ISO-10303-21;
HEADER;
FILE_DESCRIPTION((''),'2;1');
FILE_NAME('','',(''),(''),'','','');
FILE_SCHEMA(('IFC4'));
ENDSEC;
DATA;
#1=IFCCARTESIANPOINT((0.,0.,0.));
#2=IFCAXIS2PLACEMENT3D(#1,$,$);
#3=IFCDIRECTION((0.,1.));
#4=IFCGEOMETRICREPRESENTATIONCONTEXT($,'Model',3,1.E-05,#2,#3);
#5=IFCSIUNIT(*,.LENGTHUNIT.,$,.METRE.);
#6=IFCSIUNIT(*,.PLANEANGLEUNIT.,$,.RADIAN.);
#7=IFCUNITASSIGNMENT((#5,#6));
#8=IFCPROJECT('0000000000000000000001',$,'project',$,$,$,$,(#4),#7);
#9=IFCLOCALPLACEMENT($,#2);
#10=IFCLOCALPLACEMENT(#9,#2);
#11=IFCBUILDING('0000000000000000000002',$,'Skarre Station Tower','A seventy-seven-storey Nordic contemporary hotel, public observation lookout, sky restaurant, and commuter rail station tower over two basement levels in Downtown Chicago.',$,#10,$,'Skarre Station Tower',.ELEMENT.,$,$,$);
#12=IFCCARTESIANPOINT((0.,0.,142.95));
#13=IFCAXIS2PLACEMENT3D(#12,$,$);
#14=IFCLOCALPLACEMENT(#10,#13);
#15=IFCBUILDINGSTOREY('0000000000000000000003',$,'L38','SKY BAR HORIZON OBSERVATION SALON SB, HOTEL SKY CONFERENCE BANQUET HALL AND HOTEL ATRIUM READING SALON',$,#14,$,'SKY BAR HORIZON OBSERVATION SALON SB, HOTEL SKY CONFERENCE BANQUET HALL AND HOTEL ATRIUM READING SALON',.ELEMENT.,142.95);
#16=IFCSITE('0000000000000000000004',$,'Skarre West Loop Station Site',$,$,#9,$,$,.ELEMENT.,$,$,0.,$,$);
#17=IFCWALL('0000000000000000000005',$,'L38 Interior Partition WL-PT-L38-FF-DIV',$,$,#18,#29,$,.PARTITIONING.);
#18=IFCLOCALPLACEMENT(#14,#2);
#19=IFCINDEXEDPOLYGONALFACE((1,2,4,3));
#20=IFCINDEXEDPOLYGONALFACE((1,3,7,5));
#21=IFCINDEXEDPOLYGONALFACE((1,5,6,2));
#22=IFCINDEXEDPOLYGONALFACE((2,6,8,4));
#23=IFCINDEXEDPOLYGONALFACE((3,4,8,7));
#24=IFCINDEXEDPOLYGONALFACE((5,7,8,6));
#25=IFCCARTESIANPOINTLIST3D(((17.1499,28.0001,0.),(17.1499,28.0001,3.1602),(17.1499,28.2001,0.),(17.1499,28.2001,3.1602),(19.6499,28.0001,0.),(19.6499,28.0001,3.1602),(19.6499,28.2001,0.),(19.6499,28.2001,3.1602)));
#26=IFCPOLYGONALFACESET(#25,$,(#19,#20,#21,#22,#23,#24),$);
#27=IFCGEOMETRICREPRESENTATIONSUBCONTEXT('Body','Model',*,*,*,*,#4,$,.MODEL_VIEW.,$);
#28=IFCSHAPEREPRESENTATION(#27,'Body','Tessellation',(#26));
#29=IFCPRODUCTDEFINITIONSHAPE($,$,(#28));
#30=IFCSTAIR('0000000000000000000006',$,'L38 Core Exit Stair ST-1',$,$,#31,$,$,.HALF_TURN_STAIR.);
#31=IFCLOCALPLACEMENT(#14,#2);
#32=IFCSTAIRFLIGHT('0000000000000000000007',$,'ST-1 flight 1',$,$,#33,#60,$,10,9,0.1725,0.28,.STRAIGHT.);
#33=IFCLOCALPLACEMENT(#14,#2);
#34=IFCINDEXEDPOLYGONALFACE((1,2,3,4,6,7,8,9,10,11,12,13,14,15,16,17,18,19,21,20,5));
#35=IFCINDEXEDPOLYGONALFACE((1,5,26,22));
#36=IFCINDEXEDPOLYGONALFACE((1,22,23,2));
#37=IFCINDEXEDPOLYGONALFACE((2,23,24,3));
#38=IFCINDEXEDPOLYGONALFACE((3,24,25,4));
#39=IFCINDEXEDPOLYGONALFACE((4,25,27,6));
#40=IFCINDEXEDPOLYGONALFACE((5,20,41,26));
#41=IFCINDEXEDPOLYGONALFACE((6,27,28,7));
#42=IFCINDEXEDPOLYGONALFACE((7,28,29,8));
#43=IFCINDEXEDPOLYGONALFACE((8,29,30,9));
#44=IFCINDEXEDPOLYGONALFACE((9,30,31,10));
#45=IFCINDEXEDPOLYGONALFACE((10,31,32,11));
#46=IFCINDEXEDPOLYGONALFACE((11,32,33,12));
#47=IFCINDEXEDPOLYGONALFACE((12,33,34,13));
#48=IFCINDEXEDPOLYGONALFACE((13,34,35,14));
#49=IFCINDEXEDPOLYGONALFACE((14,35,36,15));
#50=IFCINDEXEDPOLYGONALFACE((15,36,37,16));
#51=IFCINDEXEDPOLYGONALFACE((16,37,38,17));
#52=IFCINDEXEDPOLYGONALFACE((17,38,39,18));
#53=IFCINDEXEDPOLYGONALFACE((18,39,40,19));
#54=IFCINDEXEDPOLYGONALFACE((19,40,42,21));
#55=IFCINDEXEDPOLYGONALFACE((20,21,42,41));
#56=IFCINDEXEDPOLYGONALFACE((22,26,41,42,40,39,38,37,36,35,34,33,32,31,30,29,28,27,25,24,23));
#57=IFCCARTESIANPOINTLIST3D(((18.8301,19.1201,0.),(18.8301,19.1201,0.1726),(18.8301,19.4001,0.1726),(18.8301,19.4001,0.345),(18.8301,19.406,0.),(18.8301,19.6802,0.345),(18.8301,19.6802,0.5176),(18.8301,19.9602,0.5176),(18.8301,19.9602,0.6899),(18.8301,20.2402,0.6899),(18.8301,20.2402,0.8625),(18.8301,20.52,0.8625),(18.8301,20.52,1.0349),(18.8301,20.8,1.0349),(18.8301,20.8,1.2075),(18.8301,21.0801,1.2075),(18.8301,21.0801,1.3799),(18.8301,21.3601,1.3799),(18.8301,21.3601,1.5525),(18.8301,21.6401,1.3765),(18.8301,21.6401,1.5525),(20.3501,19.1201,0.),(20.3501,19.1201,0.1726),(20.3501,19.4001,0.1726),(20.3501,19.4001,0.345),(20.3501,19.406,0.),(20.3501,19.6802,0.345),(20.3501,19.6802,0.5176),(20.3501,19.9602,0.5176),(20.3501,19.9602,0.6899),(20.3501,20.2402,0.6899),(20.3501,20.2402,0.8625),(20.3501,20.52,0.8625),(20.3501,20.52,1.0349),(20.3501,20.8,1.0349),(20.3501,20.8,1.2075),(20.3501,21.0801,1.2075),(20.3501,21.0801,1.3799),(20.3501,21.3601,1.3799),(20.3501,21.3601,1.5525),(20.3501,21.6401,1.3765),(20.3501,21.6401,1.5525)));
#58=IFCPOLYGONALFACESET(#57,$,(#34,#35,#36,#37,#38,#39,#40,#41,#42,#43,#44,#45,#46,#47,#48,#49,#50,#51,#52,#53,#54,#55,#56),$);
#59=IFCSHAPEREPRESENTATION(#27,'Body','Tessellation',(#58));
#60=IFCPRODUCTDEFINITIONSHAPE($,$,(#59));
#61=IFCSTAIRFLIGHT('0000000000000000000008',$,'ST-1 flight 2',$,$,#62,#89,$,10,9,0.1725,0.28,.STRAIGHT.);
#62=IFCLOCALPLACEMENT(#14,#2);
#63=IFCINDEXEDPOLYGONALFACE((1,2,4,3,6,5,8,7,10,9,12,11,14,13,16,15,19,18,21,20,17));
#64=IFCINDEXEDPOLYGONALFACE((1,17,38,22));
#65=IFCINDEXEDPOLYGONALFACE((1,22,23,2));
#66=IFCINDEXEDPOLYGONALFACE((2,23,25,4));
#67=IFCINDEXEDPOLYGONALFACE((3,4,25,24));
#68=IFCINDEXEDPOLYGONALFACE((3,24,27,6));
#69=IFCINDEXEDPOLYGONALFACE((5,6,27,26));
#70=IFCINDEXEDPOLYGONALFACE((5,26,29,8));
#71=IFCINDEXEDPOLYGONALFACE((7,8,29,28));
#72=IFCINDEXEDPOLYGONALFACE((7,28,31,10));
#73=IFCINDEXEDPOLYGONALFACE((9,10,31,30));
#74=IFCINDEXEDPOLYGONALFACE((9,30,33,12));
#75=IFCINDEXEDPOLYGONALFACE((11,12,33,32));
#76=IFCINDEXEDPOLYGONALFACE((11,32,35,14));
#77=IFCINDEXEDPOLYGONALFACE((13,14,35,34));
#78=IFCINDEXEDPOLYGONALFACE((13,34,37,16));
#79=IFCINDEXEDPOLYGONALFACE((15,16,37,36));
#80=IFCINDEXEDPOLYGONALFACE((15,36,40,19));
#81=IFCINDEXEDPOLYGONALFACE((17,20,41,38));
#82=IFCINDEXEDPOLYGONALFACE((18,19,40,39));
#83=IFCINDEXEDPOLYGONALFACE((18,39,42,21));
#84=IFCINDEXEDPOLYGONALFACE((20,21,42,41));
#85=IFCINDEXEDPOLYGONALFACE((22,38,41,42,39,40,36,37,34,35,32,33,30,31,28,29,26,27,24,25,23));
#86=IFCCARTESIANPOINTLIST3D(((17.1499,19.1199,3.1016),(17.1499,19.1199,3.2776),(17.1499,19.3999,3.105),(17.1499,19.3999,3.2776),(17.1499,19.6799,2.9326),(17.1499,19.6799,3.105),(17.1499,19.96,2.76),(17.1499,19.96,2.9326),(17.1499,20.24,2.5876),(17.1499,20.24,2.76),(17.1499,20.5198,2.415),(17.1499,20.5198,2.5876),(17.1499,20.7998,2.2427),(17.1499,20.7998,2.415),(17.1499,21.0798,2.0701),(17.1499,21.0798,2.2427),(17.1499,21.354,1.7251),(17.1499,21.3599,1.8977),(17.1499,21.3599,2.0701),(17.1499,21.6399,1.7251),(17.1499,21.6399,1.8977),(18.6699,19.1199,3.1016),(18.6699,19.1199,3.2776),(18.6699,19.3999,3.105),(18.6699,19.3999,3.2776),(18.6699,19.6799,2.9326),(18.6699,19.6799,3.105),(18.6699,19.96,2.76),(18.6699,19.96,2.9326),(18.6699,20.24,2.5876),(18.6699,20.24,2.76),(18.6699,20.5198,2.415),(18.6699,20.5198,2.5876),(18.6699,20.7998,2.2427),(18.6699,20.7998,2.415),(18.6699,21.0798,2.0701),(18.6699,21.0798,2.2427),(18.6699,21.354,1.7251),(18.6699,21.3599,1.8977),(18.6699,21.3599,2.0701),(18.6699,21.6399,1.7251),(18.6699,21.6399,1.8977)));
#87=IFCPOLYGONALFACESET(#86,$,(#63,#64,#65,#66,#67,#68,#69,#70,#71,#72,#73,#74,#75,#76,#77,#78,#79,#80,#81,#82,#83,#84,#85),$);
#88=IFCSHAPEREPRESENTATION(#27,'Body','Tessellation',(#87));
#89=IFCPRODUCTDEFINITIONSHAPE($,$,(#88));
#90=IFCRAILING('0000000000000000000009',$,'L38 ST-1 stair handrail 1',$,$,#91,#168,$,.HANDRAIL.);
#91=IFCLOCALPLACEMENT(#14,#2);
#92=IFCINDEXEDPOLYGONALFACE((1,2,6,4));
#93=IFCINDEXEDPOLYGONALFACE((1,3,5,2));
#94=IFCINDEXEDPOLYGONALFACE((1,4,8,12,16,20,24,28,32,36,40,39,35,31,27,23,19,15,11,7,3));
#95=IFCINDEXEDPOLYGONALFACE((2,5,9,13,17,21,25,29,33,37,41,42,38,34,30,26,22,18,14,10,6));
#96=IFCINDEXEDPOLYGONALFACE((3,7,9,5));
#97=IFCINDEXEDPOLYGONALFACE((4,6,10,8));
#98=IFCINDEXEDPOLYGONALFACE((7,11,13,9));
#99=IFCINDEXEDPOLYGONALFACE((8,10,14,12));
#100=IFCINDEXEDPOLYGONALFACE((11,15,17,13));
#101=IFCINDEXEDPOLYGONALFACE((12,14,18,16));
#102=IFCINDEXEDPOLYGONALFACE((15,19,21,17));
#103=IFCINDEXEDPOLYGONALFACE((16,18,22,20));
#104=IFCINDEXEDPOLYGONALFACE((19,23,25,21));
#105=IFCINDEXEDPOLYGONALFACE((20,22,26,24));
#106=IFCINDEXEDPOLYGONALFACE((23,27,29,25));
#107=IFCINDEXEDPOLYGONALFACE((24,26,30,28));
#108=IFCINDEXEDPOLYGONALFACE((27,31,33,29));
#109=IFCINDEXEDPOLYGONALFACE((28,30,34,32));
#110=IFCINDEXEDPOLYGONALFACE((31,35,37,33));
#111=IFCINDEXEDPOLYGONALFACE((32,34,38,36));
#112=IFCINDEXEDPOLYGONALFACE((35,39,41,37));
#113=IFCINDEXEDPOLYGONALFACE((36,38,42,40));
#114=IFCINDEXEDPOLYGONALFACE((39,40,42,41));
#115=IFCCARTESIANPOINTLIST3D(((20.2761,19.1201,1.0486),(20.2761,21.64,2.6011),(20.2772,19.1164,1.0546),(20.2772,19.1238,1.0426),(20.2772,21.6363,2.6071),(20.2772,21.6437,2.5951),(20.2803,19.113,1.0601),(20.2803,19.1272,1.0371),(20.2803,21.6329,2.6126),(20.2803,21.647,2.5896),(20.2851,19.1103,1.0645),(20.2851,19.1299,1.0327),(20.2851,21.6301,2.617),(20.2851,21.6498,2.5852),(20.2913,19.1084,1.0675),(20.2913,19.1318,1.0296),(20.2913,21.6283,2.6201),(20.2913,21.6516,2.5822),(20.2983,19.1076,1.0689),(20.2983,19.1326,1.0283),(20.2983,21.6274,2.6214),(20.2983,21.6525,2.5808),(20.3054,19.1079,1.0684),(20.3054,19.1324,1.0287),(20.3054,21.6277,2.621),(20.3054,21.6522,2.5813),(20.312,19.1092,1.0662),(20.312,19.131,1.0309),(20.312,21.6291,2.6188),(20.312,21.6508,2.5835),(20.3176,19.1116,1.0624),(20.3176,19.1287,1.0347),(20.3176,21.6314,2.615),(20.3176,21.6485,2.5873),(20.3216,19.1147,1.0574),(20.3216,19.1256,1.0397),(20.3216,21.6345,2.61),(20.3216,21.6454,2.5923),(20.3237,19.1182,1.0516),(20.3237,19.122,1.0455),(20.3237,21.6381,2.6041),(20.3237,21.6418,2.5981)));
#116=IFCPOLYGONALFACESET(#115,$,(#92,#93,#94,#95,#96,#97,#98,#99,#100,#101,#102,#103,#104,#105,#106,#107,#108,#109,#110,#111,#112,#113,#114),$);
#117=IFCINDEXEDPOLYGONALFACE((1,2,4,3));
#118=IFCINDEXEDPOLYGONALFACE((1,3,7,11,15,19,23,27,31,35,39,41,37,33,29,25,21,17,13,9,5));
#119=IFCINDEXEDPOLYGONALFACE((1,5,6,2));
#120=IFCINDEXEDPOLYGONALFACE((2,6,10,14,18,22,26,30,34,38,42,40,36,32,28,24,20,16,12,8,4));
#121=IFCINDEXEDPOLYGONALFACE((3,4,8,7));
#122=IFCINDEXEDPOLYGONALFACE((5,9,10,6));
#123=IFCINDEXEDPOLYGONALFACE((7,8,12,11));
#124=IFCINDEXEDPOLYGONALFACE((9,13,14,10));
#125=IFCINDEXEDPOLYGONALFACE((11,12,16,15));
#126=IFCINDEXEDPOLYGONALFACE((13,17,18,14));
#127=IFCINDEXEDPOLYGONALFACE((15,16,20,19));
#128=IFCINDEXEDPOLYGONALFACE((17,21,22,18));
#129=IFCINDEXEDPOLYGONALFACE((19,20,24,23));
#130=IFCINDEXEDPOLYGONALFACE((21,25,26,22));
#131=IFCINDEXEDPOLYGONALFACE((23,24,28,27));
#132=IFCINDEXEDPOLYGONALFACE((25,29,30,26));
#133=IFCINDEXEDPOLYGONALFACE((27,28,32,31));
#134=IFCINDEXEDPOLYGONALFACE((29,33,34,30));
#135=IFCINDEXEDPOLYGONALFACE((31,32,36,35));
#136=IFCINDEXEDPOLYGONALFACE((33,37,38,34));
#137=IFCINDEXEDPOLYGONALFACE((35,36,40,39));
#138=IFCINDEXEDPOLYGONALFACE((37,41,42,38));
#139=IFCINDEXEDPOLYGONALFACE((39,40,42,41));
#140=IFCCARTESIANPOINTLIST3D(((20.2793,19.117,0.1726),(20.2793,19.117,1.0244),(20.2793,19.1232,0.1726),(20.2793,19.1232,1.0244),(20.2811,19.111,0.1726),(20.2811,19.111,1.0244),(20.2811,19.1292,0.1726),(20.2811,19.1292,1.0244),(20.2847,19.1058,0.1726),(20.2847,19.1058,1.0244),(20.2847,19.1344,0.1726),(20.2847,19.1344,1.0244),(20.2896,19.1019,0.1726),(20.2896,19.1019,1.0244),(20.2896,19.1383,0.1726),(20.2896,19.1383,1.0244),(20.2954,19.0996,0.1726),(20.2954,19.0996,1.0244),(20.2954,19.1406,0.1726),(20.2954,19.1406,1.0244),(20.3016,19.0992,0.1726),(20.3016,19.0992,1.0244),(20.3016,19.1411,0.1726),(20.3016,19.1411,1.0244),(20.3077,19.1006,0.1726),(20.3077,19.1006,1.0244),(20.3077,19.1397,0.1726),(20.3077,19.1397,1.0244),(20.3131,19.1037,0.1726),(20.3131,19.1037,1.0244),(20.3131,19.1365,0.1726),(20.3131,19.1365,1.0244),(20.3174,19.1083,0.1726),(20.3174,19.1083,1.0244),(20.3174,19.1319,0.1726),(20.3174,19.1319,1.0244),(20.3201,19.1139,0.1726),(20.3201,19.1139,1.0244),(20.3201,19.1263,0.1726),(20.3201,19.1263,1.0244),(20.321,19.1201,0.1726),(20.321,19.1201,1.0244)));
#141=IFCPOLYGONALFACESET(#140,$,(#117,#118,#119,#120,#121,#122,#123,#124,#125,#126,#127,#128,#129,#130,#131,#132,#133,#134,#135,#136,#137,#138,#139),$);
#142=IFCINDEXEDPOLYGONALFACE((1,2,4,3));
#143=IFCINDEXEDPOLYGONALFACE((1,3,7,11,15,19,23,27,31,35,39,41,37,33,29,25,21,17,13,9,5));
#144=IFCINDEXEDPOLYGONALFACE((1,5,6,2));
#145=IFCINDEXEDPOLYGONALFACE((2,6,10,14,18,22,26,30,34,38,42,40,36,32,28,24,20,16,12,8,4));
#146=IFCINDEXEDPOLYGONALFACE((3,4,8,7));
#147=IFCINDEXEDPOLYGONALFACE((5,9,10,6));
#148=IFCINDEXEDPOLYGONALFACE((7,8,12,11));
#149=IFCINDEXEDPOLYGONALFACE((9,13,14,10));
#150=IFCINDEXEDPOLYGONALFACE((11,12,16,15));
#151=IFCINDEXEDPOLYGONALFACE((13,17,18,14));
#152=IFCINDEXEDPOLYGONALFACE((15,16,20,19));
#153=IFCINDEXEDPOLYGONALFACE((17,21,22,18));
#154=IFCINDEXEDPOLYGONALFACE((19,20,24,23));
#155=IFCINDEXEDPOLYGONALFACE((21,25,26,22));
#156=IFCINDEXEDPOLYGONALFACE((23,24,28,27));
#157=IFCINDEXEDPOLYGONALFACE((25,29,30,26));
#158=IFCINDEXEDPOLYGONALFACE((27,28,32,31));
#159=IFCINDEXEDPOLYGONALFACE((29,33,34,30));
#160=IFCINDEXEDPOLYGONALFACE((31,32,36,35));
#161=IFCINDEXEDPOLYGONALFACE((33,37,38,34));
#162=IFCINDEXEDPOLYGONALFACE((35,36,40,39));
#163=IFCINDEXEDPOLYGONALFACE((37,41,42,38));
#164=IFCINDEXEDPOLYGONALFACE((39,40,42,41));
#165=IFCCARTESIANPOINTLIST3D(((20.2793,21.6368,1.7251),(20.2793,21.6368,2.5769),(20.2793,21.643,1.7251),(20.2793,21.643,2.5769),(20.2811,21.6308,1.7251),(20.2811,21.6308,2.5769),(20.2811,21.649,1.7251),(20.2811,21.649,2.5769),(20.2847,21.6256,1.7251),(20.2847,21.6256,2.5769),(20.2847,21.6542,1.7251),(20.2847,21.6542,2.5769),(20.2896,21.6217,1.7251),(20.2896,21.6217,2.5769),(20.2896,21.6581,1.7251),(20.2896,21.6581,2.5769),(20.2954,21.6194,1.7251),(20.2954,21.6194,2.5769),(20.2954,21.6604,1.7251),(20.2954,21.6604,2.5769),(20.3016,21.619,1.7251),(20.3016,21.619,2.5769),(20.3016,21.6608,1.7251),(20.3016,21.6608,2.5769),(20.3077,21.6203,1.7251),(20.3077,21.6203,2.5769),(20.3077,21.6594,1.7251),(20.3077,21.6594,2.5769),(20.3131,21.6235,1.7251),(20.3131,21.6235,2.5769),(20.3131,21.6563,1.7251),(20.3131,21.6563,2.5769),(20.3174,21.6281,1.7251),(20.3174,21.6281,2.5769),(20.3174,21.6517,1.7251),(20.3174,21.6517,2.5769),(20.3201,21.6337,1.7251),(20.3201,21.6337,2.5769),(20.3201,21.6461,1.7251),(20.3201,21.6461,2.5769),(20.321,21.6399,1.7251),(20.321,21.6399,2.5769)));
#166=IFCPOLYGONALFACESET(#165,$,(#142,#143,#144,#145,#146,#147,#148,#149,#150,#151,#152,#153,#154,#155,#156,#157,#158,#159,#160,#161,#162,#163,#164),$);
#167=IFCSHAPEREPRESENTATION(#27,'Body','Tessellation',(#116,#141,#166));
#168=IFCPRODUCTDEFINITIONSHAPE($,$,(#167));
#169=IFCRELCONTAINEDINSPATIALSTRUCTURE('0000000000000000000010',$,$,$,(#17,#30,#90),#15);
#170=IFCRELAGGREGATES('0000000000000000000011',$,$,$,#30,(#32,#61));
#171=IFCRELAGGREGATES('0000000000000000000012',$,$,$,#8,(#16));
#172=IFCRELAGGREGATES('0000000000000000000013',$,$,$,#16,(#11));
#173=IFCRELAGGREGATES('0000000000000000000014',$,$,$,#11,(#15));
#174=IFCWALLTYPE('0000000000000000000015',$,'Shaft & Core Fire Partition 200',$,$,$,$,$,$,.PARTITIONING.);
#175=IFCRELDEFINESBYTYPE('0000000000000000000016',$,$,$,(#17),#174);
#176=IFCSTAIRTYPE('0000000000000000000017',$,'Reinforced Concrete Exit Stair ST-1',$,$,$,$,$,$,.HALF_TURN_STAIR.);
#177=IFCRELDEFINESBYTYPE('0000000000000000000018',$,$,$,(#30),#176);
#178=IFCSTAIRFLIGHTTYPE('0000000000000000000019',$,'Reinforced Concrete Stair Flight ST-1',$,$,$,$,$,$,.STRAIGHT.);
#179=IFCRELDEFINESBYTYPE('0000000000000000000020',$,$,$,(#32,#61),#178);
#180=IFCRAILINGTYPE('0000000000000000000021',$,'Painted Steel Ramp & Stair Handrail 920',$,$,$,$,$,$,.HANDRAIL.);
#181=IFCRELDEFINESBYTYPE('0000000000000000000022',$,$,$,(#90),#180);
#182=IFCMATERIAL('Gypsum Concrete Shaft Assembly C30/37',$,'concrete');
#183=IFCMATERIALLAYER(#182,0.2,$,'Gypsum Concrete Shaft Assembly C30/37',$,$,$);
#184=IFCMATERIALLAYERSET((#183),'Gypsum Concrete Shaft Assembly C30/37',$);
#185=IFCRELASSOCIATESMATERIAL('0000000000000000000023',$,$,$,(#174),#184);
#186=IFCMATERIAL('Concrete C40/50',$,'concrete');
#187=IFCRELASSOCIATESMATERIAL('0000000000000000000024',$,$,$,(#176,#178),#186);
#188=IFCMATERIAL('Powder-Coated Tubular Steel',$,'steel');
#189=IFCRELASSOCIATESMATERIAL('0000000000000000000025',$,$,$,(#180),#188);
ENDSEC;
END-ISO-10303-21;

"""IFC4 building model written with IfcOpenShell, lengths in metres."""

from ifc_helpers import new_model, si_unit, direction, frame, frame_2d, origin, origin_2d, place, context, subcontext, project, spatial, polyline, rectangle, circle, outline, extrude, material, layer, layer_set, type_object, element, aggregate, save


model = new_model("IFC4")

# Units and contexts
model_context = context("Model", 3, precision=1e-05, world=origin(), true_north=direction((0.0, 1.0)))
body_context = subcontext(model_context, "Body", "Model", "MODEL_VIEW")
ifc_project = project(units=[si_unit("LENGTHUNIT", "METRE"), si_unit("PLANEANGLEUNIT", "RADIAN")], contexts=[model_context])

# Site, building, storey
site_placement = place(None, origin())
site = spatial("IfcSite", under=ifc_project, at=site_placement, Name="Skarre West Loop Station Site", CompositionType="ELEMENT", RefElevation=0.0)
building_placement = place(site_placement, origin())
building = spatial("IfcBuilding", under=site, at=building_placement, Name="Skarre Station Tower", Description="A seventy-seven-storey Nordic contemporary hotel, public observation lookout, sky restaurant, and commuter rail station tower over two basement levels in Downtown Chicago.", LongName="Skarre Station Tower", CompositionType="ELEMENT")
storey_placement = place(building_placement, frame((0.0, 0.0, 142.95)))
storey = spatial("IfcBuildingStorey", under=building, at=storey_placement, Name="L38", Description="SKY BAR HORIZON OBSERVATION SALON SB, HOTEL SKY CONFERENCE BANQUET HALL AND HOTEL ATRIUM READING SALON", LongName="SKY BAR HORIZON OBSERVATION SALON SB, HOTEL SKY CONFERENCE BANQUET HALL AND HOTEL ATRIUM READING SALON", CompositionType="ELEMENT", Elevation=142.95)

# Shared definitions
ifc_material_1 = material(Name="Gypsum Concrete Shaft Assembly C30/37", Category="concrete")
ifc_layer_1 = layer(ifc_material_1, 0.2, Name="Gypsum Concrete Shaft Assembly C30/37")
ifc_layer_set_1 = layer_set([ifc_layer_1], Name="Gypsum Concrete Shaft Assembly C30/37")
wall_type_1 = type_object("IfcWallType", Name="Shaft & Core Fire Partition 200", PredefinedType="PARTITIONING", material=ifc_layer_set_1)

# Wall
wall_1_placement = place(storey_placement, frame((17.1499, 28.1001, 0.0), z_axis=(0.0, 0.0, 1.0), x_axis=(1.0, 0.0, 0.0)))
element("IfcWall", 1, at=wall_1_placement, inside=storey, type_object=wall_type_1, Name="L38 Interior Partition WL-PT-L38-FF-DIV", PredefinedType="PARTITIONING", context=body_context, shape_type="SweptSolid", body=[
    extrude(rectangle(XDim=2.5, YDim=0.2, at=frame_2d((1.25, 0.0))), origin(), (0.0, 0.0, 1.0), 3.1602),
])

# Stair, stair flights
ifc_material_2 = material(Name="Concrete C40/50", Category="concrete")
stair_type = type_object("IfcStairType", Name="Reinforced Concrete Exit Stair ST-1", PredefinedType="HALF_TURN_STAIR", material=ifc_material_2)
stair_placement = place(storey_placement, origin())
stair = element("IfcStair", 2, at=stair_placement, inside=storey, type_object=stair_type, Name="L38 Core Exit Stair ST-1", PredefinedType="HALF_TURN_STAIR")
stair_flight_type = type_object("IfcStairFlightType", Name="Reinforced Concrete Stair Flight ST-1", PredefinedType="STRAIGHT", material=ifc_material_2)
stair_flight_1_placement = place(storey_placement, frame((19.5901, 19.1201, 0.0), z_axis=(0.0, 0.0, 1.0), x_axis=(0.0, 1.0, 0.0)))
stair_flight_1 = element("IfcStairFlight", 3, at=stair_flight_1_placement, type_object=stair_flight_type, Name="ST-1 flight 1", NumberOfRisers=10, NumberOfTreads=9, PredefinedType="STRAIGHT", RiserHeight=0.1725, TreadLength=0.28, context=body_context, shape_type="SweptSolid", body=[
    extrude(outline(polyline([(0.0, 0.0), (0.0, 0.1726), (0.28, 0.1726), (0.28, 0.345), (0.5601, 0.345), (0.5601, 0.5176), (0.8401, 0.5176), (0.8401, 0.6899), (1.1201, 0.6899), (1.1201, 0.8625), (1.3999, 0.8625), (1.3999, 1.0349), (1.6799, 1.0349), (1.6799, 1.2075), (1.96, 1.2075), (1.96, 1.3799), (2.24, 1.3799), (2.24, 1.5525), (2.52, 1.5525), (2.52, 1.7251), (2.52, 1.3765), (0.2859, 0.0), (0.0, 0.0)])), frame((0.0, 0.76, 0.0), z_axis=(0.0, -1.0, 0.0), x_axis=(1.0, 0.0, 0.0)), (0.0, 0.0, 1.0), 1.52),
])
stair_flight_2_placement = place(storey_placement, frame((17.9099, 21.6399, 1.7251), z_axis=(0.0, 0.0, 1.0), x_axis=(0.0, -1.0, 0.0)))
stair_flight_2 = element("IfcStairFlight", 4, at=stair_flight_2_placement, type_object=stair_flight_type, Name="ST-1 flight 2", NumberOfRisers=10, NumberOfTreads=9, PredefinedType="STRAIGHT", RiserHeight=0.1725, TreadLength=0.28, context=body_context, shape_type="SweptSolid", body=[
    extrude(outline(polyline([(0.0, 0.0), (0.0, 0.1726), (0.28, 0.1726), (0.28, 0.345), (0.5601, 0.345), (0.5601, 0.5176), (0.8401, 0.5176), (0.8401, 0.6899), (1.1201, 0.6899), (1.1201, 0.8625), (1.3999, 0.8625), (1.3999, 1.0349), (1.6799, 1.0349), (1.6799, 1.2075), (1.96, 1.2075), (1.96, 1.3799), (2.24, 1.3799), (2.24, 1.5525), (2.52, 1.5525), (2.52, 1.7251), (2.52, 1.3765), (0.2859, 0.0), (0.0, 0.0)])), frame((0.0, 0.76, 0.0), z_axis=(0.0, -1.0, 0.0), x_axis=(1.0, 0.0, 0.0)), (0.0, 0.0, 1.0), 1.52),
])
aggregate(stair, [stair_flight_1, stair_flight_2])

# Railing
ifc_material_3 = material(Name="Powder-Coated Tubular Steel", Category="steel")
railing_type_1 = type_object("IfcRailingType", Name="Painted Steel Ramp & Stair Handrail 920", PredefinedType="HANDRAIL", material=ifc_material_3)
railing_1_placement = place(storey_placement, frame((20.3, 19.1201, 0.1726)))
element("IfcRailing", 5, at=railing_1_placement, inside=storey, type_object=railing_type_1, Name="L38 ST-1 stair handrail 1", PredefinedType="HANDRAIL", context=body_context, shape_type="SweptSolid", body=[
    extrude(circle(Radius=0.0239, at=origin_2d()), frame((0.0, 0.0, 0.876), z_axis=(0.0, 0.851378, 0.524553), x_axis=(-1.0, 0.0, 0.0)), (0.0, 0.0, 1.0), 2.9597),
    extrude(circle(Radius=0.021, at=origin_2d()), origin(), (0.0, 0.0, 1.0), 0.8518),
    extrude(circle(Radius=0.021, at=origin_2d()), frame((0.0, 2.5198, 1.5525)), (0.0, 0.0, 1.0), 0.8518),
])

save(model, "model.ifc")
